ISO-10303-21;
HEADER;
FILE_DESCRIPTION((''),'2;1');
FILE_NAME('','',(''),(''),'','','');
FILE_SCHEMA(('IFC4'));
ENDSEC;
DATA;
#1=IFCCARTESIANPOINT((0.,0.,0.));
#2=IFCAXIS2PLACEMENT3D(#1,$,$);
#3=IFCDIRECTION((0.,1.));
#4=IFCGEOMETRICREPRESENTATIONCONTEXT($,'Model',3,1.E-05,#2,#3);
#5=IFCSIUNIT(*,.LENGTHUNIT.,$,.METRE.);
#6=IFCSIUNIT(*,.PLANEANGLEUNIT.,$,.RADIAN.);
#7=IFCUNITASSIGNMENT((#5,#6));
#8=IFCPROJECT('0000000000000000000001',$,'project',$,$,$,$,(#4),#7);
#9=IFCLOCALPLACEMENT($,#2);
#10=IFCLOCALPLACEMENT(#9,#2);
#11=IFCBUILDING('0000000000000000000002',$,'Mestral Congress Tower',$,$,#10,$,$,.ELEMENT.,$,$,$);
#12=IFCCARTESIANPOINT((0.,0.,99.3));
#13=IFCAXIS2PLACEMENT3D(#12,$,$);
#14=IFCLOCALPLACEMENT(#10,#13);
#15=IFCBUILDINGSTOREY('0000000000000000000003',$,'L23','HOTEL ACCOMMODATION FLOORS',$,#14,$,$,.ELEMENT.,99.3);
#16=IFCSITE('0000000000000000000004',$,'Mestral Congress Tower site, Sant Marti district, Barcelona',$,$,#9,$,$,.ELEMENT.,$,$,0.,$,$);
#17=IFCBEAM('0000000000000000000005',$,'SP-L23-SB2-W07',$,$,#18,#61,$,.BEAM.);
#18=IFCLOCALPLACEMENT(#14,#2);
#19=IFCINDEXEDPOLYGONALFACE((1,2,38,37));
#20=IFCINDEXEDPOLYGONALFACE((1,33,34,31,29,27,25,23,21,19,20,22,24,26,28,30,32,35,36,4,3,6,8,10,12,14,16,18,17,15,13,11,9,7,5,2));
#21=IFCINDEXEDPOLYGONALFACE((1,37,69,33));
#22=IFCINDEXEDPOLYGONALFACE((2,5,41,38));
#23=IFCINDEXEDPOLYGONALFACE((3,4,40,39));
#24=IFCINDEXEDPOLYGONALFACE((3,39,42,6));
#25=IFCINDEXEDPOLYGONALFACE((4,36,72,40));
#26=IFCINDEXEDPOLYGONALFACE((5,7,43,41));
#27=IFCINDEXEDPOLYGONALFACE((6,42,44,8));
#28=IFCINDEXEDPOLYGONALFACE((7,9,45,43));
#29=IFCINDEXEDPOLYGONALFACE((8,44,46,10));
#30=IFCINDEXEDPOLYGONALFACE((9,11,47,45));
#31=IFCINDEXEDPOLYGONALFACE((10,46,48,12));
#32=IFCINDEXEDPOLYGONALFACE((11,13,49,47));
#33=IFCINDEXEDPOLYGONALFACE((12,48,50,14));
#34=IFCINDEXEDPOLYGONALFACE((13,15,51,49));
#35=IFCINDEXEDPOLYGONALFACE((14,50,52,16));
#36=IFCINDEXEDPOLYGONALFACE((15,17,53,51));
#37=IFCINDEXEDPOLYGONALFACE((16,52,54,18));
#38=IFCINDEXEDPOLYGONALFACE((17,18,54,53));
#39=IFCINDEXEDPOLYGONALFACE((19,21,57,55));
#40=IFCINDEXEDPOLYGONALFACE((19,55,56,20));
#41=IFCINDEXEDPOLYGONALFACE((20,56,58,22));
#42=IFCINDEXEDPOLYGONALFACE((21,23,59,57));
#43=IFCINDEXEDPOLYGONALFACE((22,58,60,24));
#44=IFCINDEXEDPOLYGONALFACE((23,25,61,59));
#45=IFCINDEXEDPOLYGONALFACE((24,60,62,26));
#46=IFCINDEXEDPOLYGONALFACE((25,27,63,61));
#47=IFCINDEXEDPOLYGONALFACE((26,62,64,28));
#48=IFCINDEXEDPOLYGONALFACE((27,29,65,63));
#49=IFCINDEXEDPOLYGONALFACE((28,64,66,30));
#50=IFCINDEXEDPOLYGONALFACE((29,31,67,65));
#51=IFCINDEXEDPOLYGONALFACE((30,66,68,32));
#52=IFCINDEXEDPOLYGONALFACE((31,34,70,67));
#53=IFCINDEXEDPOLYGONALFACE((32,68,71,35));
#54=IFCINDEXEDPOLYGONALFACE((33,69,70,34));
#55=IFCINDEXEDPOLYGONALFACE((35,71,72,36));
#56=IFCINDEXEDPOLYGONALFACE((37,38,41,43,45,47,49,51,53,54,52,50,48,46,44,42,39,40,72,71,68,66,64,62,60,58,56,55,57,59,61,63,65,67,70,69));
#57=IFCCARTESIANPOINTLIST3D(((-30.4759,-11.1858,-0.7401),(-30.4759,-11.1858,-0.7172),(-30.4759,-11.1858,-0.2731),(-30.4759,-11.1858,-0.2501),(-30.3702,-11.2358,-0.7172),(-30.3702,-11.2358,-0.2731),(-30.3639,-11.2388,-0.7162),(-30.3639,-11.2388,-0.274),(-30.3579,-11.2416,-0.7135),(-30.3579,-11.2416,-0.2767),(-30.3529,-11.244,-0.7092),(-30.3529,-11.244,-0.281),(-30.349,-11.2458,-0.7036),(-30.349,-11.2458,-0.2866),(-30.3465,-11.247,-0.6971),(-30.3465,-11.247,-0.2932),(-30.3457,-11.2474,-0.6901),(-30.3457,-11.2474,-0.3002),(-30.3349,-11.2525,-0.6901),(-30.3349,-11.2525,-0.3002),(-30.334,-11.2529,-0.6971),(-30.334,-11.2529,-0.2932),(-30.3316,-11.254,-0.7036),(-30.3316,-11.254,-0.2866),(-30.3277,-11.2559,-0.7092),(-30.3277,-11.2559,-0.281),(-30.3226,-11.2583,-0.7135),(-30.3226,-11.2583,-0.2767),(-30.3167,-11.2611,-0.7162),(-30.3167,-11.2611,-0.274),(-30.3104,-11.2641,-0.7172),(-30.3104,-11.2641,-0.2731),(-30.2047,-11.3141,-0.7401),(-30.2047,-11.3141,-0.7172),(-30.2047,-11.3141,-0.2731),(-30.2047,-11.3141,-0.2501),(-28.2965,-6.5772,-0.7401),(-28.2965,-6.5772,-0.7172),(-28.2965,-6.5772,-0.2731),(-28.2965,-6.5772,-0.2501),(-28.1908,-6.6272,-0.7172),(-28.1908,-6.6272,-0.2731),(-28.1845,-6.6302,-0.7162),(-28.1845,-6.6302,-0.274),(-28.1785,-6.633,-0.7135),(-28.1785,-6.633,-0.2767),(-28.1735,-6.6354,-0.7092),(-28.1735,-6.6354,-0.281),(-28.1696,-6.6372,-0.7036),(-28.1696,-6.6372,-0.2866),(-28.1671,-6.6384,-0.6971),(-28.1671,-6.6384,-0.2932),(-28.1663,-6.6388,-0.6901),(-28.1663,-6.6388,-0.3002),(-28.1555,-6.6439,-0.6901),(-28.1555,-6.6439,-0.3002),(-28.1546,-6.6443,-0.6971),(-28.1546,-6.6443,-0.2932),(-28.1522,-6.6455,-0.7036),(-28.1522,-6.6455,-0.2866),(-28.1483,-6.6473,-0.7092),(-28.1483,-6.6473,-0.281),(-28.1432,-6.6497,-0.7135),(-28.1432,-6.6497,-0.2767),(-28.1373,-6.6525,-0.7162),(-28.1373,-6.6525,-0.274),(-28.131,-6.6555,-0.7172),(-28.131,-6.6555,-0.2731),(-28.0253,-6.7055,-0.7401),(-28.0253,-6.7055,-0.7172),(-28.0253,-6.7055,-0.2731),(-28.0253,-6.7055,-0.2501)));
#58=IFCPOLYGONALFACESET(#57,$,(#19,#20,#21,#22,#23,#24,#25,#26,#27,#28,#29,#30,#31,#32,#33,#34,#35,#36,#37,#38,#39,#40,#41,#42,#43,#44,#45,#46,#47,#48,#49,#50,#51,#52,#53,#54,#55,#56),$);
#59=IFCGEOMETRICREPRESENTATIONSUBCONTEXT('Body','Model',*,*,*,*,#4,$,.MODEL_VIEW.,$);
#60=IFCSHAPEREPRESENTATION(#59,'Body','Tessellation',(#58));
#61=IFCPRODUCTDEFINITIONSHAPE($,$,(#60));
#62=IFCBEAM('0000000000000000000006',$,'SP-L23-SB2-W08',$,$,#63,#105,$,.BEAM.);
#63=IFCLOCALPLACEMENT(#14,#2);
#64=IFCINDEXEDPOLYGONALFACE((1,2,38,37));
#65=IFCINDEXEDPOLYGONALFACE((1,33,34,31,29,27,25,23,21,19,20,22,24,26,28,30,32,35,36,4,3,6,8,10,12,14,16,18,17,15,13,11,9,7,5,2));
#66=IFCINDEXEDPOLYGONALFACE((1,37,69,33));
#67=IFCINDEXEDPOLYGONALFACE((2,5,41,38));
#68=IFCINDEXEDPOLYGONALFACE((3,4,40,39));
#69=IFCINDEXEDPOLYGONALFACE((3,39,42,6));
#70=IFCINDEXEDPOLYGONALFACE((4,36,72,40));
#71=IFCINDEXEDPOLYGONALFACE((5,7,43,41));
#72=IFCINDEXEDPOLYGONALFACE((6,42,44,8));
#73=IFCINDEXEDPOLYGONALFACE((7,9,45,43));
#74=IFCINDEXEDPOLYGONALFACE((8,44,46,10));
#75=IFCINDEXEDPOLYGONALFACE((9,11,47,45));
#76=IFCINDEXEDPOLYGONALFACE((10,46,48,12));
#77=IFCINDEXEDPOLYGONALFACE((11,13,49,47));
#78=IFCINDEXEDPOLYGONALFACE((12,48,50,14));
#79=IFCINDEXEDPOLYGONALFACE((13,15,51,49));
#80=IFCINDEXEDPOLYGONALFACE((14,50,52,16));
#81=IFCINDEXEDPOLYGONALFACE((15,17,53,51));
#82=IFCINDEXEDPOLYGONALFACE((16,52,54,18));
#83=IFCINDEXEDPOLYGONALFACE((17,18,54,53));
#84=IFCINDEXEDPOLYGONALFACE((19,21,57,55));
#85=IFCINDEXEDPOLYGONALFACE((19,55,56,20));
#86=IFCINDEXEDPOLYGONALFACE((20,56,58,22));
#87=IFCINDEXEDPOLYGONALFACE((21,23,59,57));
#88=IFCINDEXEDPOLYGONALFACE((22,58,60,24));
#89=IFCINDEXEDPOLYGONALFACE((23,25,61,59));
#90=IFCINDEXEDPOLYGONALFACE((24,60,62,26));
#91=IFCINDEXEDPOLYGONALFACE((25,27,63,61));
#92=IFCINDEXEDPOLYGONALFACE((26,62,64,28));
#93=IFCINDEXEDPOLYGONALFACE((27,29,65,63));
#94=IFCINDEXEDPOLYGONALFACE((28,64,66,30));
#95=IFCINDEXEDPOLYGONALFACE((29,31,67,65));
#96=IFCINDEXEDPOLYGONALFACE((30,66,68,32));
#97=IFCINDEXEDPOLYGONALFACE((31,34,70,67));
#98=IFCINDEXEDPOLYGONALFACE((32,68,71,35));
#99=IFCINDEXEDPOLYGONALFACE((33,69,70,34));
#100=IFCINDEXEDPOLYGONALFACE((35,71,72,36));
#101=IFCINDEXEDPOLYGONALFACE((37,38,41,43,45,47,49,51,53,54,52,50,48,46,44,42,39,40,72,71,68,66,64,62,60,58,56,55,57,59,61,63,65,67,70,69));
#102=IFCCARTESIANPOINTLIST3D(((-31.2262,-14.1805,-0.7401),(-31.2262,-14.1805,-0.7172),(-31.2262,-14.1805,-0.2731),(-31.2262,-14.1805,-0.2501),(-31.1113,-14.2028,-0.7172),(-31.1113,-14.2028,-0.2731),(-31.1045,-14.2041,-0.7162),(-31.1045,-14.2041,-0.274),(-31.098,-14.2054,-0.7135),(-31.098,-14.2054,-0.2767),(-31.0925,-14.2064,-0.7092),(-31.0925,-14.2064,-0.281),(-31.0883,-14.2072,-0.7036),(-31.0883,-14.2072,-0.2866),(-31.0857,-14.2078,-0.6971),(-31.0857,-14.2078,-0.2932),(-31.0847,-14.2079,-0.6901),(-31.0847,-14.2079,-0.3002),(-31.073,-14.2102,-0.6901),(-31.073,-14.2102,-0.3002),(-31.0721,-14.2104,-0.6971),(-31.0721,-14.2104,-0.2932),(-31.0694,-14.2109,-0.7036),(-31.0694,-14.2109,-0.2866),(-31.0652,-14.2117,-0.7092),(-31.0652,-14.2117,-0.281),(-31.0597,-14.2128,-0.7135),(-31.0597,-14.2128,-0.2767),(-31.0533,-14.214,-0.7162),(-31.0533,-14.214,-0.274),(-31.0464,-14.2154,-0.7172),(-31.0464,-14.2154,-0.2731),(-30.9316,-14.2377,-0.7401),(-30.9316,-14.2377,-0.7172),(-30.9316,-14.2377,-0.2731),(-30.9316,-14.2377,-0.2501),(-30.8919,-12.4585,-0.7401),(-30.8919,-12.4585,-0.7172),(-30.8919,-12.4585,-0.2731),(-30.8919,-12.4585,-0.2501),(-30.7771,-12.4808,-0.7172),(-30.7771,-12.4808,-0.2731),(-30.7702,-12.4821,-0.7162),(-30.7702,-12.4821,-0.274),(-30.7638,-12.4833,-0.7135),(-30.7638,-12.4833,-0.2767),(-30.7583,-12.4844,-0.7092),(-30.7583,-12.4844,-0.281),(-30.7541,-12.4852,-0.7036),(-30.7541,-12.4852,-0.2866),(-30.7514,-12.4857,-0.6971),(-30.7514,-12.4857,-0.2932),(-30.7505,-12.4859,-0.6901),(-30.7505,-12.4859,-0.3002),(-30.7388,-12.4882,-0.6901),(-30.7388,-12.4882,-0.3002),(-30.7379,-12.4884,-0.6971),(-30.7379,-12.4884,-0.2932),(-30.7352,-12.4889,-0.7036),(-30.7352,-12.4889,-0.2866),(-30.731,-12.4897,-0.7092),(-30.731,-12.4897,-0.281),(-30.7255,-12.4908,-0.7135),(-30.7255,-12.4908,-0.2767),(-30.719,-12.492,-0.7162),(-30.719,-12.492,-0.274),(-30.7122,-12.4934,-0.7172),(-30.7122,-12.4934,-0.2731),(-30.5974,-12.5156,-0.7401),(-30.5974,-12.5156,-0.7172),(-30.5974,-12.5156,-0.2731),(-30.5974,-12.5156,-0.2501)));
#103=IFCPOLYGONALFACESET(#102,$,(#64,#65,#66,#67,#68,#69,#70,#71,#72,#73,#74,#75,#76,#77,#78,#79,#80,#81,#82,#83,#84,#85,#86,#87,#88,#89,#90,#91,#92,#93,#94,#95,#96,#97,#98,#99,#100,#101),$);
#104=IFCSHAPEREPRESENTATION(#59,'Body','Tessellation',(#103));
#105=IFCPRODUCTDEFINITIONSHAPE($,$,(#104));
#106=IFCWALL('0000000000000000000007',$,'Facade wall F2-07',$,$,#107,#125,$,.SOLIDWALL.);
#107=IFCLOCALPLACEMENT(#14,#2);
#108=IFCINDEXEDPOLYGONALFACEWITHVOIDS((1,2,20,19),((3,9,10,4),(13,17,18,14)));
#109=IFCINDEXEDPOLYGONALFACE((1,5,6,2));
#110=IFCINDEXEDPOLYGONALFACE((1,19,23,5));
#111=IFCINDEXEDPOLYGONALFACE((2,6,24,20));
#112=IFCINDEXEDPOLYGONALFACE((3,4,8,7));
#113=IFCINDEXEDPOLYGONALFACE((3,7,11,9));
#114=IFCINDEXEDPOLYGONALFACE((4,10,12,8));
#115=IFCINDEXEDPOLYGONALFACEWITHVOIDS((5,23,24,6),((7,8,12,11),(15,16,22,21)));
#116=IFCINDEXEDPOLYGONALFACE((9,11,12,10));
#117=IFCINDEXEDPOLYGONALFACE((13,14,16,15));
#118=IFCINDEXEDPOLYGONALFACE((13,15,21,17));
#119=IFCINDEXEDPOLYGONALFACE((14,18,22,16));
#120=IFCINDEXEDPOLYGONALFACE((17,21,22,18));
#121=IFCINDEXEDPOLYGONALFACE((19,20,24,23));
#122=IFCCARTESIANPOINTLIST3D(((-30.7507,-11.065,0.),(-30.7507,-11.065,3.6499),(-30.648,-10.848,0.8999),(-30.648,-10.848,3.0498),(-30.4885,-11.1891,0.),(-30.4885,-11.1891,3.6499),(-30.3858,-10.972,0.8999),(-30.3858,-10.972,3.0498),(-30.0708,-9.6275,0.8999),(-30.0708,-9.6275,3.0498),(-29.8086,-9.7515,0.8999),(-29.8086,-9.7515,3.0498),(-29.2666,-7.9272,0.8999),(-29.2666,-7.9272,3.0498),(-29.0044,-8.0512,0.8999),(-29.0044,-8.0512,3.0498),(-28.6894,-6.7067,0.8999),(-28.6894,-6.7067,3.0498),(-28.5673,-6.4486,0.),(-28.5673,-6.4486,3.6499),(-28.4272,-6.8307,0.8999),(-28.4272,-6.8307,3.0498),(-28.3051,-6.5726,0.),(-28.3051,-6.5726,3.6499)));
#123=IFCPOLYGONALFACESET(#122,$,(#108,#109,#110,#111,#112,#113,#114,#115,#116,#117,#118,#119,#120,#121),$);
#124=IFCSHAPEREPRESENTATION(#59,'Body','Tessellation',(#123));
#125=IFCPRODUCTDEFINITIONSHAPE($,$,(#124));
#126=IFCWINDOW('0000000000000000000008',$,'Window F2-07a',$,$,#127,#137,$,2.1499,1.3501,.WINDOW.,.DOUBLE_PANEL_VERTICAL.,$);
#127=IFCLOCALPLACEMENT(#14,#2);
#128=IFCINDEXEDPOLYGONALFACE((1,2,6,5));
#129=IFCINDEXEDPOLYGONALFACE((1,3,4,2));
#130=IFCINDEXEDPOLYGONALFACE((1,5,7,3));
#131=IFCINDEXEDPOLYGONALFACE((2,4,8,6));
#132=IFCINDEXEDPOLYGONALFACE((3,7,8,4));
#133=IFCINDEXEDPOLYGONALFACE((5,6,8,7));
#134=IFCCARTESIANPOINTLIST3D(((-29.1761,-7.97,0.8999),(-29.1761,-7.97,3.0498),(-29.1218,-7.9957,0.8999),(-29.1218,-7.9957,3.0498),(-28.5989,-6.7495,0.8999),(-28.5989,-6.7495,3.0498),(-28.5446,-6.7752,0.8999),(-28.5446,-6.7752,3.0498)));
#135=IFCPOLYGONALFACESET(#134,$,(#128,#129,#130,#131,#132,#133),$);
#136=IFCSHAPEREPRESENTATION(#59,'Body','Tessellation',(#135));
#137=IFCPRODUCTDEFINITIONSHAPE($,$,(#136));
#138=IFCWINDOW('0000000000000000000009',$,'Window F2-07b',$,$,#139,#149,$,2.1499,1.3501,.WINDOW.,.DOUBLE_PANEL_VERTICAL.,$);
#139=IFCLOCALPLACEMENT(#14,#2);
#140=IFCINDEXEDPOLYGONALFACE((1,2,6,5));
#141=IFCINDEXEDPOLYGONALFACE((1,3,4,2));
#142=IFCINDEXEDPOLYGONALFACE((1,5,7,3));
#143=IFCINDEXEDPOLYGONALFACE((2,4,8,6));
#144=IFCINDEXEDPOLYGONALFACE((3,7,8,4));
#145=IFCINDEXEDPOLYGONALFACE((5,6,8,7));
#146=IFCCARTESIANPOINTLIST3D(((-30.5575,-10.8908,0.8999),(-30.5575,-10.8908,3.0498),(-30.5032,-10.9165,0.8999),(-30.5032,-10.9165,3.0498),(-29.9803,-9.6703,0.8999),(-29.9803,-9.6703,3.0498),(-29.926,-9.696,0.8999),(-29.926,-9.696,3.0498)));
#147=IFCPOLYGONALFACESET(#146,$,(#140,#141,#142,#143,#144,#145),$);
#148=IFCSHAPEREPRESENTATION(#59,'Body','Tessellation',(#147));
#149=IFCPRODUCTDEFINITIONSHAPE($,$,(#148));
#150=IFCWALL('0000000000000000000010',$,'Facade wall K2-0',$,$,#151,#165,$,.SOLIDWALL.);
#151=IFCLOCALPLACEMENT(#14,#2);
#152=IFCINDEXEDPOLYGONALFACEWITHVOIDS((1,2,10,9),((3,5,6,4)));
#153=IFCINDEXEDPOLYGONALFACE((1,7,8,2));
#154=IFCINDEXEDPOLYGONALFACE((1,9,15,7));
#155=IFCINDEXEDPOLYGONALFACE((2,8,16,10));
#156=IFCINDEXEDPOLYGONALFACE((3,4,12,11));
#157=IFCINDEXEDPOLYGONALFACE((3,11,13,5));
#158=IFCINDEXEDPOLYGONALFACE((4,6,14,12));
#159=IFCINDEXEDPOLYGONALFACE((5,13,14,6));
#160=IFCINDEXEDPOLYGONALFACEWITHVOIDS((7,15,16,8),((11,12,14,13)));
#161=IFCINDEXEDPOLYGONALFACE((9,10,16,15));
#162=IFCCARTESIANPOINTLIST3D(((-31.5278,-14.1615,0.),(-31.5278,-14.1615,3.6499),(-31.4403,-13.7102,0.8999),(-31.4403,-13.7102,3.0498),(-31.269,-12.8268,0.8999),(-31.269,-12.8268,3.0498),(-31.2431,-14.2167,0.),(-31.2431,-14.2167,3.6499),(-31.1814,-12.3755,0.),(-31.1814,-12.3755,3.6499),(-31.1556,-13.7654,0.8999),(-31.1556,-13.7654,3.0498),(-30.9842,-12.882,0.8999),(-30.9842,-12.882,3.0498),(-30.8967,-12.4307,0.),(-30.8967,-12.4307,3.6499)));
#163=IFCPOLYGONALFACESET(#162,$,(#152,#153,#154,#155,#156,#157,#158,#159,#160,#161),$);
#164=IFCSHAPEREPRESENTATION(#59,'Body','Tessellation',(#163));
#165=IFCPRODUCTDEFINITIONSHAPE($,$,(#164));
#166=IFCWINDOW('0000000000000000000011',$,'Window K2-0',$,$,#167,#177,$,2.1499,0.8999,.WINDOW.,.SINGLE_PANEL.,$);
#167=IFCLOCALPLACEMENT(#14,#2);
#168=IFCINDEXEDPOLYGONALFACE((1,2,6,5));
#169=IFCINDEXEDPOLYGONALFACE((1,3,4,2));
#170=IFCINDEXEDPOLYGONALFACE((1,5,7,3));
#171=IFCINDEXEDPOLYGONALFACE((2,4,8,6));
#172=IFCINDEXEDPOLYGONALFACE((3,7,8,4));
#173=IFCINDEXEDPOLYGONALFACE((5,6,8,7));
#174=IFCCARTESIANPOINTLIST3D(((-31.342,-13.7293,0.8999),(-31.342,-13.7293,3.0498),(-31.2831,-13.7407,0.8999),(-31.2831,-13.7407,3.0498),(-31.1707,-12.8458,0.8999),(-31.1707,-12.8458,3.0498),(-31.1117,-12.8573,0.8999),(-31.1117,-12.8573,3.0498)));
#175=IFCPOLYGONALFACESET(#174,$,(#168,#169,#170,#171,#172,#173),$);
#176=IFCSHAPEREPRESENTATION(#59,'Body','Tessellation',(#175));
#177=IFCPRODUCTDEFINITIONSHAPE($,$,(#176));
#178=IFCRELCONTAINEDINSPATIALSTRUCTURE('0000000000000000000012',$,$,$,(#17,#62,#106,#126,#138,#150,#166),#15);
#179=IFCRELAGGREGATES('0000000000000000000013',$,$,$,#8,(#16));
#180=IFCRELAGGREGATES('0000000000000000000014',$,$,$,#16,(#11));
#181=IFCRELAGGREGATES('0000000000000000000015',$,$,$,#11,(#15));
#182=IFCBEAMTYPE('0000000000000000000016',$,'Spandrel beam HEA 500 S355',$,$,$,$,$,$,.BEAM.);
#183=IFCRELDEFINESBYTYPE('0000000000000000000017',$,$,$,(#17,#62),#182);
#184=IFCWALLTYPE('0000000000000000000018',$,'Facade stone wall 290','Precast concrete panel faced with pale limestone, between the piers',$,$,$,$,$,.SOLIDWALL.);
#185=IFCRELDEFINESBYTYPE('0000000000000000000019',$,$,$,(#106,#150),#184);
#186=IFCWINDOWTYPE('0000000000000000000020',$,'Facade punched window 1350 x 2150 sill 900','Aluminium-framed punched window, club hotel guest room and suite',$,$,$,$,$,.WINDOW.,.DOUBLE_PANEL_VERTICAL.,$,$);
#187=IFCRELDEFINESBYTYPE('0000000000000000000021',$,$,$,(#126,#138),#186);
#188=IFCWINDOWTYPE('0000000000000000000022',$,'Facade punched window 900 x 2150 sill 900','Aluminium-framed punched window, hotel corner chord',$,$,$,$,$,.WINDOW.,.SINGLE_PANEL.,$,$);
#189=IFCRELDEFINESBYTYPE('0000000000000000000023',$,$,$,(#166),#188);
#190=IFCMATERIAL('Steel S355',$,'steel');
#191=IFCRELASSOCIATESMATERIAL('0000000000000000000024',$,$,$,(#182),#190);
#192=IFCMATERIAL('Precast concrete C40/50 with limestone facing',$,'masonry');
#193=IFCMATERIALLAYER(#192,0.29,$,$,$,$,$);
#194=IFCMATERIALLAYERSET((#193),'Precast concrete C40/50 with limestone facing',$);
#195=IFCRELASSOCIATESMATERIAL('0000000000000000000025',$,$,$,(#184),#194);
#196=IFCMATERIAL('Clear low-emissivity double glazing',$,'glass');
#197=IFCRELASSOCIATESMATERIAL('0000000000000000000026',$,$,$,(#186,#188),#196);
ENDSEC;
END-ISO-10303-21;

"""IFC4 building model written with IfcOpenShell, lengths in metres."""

from ifc_helpers import new_model, si_unit, direction, frame, frame_2d, origin, origin_2d, place, context, subcontext, project, spatial, rectangle, i_section, extrude, material, layer, layer_set, material_profile, profile_set, type_object, element, fill, save


model = new_model("IFC4")

# Units and contexts
model_context = context("Model", 3, precision=1e-05, world=origin(), true_north=direction((0.0, 1.0)))
body_context = subcontext(model_context, "Body", "Model", "MODEL_VIEW")
ifc_project = project(units=[si_unit("LENGTHUNIT", "METRE"), si_unit("PLANEANGLEUNIT", "RADIAN")], contexts=[model_context])

# Site, building, storey
site_placement = place(None, origin())
site = spatial("IfcSite", under=ifc_project, at=site_placement, Name="Mestral Congress Tower site, Sant Marti district, Barcelona", CompositionType="ELEMENT", RefElevation=0.0)
building_placement = place(site_placement, origin())
building = spatial("IfcBuilding", under=site, at=building_placement, Name="Mestral Congress Tower", CompositionType="ELEMENT")
storey_placement = place(building_placement, frame((0.0, 0.0, 99.3)))
storey = spatial("IfcBuildingStorey", under=building, at=storey_placement, Name="L23", Description="HOTEL ACCOMMODATION FLOORS", CompositionType="ELEMENT", Elevation=99.3)

# Beams
ifc_material_1 = material(Name="Steel S355", Category="steel")
ifc_material_profile_1 = material_profile(ifc_material_1, i_section(OverallWidth=0.3, OverallDepth=0.49, WebThickness=0.012, FlangeThickness=0.0229, FilletRadius=0.0271, at=origin_2d()), Name="HEA 500")
ifc_profile_set_1 = profile_set([ifc_material_profile_1], Name="Steel S355")
beam_type_1 = type_object("IfcBeamType", Name="Spandrel beam HEA 500 S355", PredefinedType="BEAM", material=ifc_profile_set_1)
beam_1_placement = place(storey_placement, frame((-28.1609, -6.6414, -0.4951), z_axis=(-0.42751, -0.904011, 0.0), x_axis=(0.904011, -0.42751, 0.0)))
element("IfcBeam", 1, at=beam_1_placement, inside=storey, type_object=beam_type_1, Name="SP-L23-SB2-W07", PredefinedType="BEAM", context=body_context, shape_type="SweptSolid", body=[
    extrude(i_section(OverallWidth=0.3, OverallDepth=0.49, WebThickness=0.012, FlangeThickness=0.0229, FilletRadius=0.0271, at=origin_2d()), origin(), (0.0, 0.0, 1.0), 5.0979),
])
beam_2_placement = place(storey_placement, frame((-30.7446, -12.4871, -0.4951), z_axis=(-0.190546, -0.981678, 0.0), x_axis=(0.981678, -0.190546, 0.0)))
element("IfcBeam", 2, at=beam_2_placement, inside=storey, type_object=beam_type_1, Name="SP-L23-SB2-W08", PredefinedType="BEAM", context=body_context, shape_type="SweptSolid", body=[
    extrude(i_section(OverallWidth=0.3, OverallDepth=0.49, WebThickness=0.012, FlangeThickness=0.0229, FilletRadius=0.0271, at=origin_2d()), origin(), (0.0, 0.0, 1.0), 1.7542),
])

# Wall, openings, windows
ifc_material_2 = material(Name="Precast concrete C40/50 with limestone facing", Category="masonry")
ifc_layer_1 = layer(ifc_material_2, 0.29)
ifc_layer_set_1 = layer_set([ifc_layer_1], Name="Precast concrete C40/50 with limestone facing")
wall_type_1 = type_object("IfcWallType", Name="Facade stone wall 290", Description="Precast concrete panel faced with pale limestone, between the piers", PredefinedType="SOLIDWALL", material=ifc_layer_set_1)
wall_1_placement = place(storey_placement, frame((-28.4363, -6.5107, 0.0), z_axis=(0.0, 0.0, 1.0), x_axis=(-0.427544, -0.903995, 0.0)))
wall_1 = element("IfcWall", 3, at=wall_1_placement, inside=storey, type_object=wall_type_1, Name="Facade wall F2-07", PredefinedType="SOLIDWALL", context=body_context, shape_type="SweptSolid", body=[
    extrude(rectangle(XDim=5.1067, YDim=0.29, at=frame_2d((2.5532, 0.0))), origin(), (0.0, 0.0, 1.0), 3.6499),
])
opening_1_placement = place(wall_1_placement, frame((0.2854, 0.0, 0.8999)))
opening_1 = element("IfcOpeningElement", 4, at=opening_1_placement, cuts=wall_1, PredefinedType="OPENING", context=body_context, shape_type="SweptSolid", body=[
    extrude(rectangle(XDim=1.3501, YDim=2.1499, at=frame_2d((0.675, 1.075))), frame((0.0, 0.155, 0.0), z_axis=(0.0, -1.0, 0.0), x_axis=(1.0, 0.0, 0.0)), (0.0, 0.0, 1.0), 0.3101),
])
opening_2_placement = place(wall_1_placement, frame((3.5164, 0.0, 0.8999)))
opening_2 = element("IfcOpeningElement", 5, at=opening_2_placement, cuts=wall_1, PredefinedType="OPENING", context=body_context, shape_type="SweptSolid", body=[
    extrude(rectangle(XDim=1.3501, YDim=2.1499, at=frame_2d((0.675, 1.075))), frame((0.0, 0.155, 0.0), z_axis=(0.0, -1.0, 0.0), x_axis=(1.0, 0.0, 0.0)), (0.0, 0.0, 1.0), 0.3101),
])
ifc_material_3 = material(Name="Clear low-emissivity double glazing", Category="glass")
window_type_1 = type_object("IfcWindowType", Name="Facade punched window 1350 x 2150 sill 900", Description="Aluminium-framed punched window, club hotel guest room and suite", PartitioningType="DOUBLE_PANEL_VERTICAL", PredefinedType="WINDOW", material=ifc_material_3)
window_1_placement = place(opening_1_placement, origin())
window_1 = element("IfcWindow", 6, at=window_1_placement, inside=storey, type_object=window_type_1, Name="Window F2-07a", OverallHeight=2.1499, OverallWidth=1.3501, PartitioningType="DOUBLE_PANEL_VERTICAL", PredefinedType="WINDOW", context=body_context, shape_type="SweptSolid", body=[
    extrude(rectangle(XDim=1.3501, YDim=2.1499, at=frame_2d((0.675, 1.075))), frame((0.0, 0.0151, 0.0), z_axis=(0.0, -1.0, 0.0), x_axis=(1.0, 0.0, 0.0)), (0.0, 0.0, 1.0), 0.0601),
])
fill(opening_1, window_1)
window_2_placement = place(opening_2_placement, origin())
window_2 = element("IfcWindow", 7, at=window_2_placement, inside=storey, type_object=window_type_1, Name="Window F2-07b", OverallHeight=2.1499, OverallWidth=1.3501, PartitioningType="DOUBLE_PANEL_VERTICAL", PredefinedType="WINDOW", context=body_context, shape_type="SweptSolid", body=[
    extrude(rectangle(XDim=1.3501, YDim=2.1499, at=frame_2d((0.675, 1.075))), frame((0.0, 0.0151, 0.0), z_axis=(0.0, -1.0, 0.0), x_axis=(1.0, 0.0, 0.0)), (0.0, 0.0, 1.0), 0.0601),
])
fill(opening_2, window_2)

# Wall, opening, window
wall_2_placement = place(storey_placement, frame((-31.0391, -12.4031, 0.0), z_axis=(0.0, 0.0, 1.0), x_axis=(-0.19041, -0.981705, 0.0)))
wall_2 = element("IfcWall", 8, at=wall_2_placement, inside=storey, type_object=wall_type_1, Name="Facade wall K2-0", PredefinedType="SOLIDWALL", context=body_context, shape_type="SweptSolid", body=[
    extrude(rectangle(XDim=1.8193, YDim=0.29, at=frame_2d((0.9097, 0.0))), origin(), (0.0, 0.0, 1.0), 3.6499),
])
opening_3_placement = place(wall_2_placement, frame((0.4597, 0.0, 0.8999)))
opening_3 = element("IfcOpeningElement", 9, at=opening_3_placement, cuts=wall_2, PredefinedType="OPENING", context=body_context, shape_type="SweptSolid", body=[
    extrude(rectangle(XDim=0.8999, YDim=2.1499, at=frame_2d((0.45, 1.075))), frame((0.0, 0.155, 0.0), z_axis=(0.0, -1.0, 0.0), x_axis=(1.0, 0.0, 0.0)), (0.0, 0.0, 1.0), 0.3101),
])
window_type_2 = type_object("IfcWindowType", Name="Facade punched window 900 x 2150 sill 900", Description="Aluminium-framed punched window, hotel corner chord", PartitioningType="SINGLE_PANEL", PredefinedType="WINDOW", material=ifc_material_3)
window_3_placement = place(opening_3_placement, origin())
window_3 = element("IfcWindow", 10, at=window_3_placement, inside=storey, type_object=window_type_2, Name="Window K2-0", OverallHeight=2.1499, OverallWidth=0.8999, PartitioningType="SINGLE_PANEL", PredefinedType="WINDOW", context=body_context, shape_type="SweptSolid", body=[
    extrude(rectangle(XDim=0.8999, YDim=2.1499, at=frame_2d((0.45, 1.075))), frame((0.0, 0.0151, 0.0), z_axis=(0.0, -1.0, 0.0), x_axis=(1.0, 0.0, 0.0)), (0.0, 0.0, 1.0), 0.0601),
])
fill(opening_3, window_3)

save(model, "model.ifc")
